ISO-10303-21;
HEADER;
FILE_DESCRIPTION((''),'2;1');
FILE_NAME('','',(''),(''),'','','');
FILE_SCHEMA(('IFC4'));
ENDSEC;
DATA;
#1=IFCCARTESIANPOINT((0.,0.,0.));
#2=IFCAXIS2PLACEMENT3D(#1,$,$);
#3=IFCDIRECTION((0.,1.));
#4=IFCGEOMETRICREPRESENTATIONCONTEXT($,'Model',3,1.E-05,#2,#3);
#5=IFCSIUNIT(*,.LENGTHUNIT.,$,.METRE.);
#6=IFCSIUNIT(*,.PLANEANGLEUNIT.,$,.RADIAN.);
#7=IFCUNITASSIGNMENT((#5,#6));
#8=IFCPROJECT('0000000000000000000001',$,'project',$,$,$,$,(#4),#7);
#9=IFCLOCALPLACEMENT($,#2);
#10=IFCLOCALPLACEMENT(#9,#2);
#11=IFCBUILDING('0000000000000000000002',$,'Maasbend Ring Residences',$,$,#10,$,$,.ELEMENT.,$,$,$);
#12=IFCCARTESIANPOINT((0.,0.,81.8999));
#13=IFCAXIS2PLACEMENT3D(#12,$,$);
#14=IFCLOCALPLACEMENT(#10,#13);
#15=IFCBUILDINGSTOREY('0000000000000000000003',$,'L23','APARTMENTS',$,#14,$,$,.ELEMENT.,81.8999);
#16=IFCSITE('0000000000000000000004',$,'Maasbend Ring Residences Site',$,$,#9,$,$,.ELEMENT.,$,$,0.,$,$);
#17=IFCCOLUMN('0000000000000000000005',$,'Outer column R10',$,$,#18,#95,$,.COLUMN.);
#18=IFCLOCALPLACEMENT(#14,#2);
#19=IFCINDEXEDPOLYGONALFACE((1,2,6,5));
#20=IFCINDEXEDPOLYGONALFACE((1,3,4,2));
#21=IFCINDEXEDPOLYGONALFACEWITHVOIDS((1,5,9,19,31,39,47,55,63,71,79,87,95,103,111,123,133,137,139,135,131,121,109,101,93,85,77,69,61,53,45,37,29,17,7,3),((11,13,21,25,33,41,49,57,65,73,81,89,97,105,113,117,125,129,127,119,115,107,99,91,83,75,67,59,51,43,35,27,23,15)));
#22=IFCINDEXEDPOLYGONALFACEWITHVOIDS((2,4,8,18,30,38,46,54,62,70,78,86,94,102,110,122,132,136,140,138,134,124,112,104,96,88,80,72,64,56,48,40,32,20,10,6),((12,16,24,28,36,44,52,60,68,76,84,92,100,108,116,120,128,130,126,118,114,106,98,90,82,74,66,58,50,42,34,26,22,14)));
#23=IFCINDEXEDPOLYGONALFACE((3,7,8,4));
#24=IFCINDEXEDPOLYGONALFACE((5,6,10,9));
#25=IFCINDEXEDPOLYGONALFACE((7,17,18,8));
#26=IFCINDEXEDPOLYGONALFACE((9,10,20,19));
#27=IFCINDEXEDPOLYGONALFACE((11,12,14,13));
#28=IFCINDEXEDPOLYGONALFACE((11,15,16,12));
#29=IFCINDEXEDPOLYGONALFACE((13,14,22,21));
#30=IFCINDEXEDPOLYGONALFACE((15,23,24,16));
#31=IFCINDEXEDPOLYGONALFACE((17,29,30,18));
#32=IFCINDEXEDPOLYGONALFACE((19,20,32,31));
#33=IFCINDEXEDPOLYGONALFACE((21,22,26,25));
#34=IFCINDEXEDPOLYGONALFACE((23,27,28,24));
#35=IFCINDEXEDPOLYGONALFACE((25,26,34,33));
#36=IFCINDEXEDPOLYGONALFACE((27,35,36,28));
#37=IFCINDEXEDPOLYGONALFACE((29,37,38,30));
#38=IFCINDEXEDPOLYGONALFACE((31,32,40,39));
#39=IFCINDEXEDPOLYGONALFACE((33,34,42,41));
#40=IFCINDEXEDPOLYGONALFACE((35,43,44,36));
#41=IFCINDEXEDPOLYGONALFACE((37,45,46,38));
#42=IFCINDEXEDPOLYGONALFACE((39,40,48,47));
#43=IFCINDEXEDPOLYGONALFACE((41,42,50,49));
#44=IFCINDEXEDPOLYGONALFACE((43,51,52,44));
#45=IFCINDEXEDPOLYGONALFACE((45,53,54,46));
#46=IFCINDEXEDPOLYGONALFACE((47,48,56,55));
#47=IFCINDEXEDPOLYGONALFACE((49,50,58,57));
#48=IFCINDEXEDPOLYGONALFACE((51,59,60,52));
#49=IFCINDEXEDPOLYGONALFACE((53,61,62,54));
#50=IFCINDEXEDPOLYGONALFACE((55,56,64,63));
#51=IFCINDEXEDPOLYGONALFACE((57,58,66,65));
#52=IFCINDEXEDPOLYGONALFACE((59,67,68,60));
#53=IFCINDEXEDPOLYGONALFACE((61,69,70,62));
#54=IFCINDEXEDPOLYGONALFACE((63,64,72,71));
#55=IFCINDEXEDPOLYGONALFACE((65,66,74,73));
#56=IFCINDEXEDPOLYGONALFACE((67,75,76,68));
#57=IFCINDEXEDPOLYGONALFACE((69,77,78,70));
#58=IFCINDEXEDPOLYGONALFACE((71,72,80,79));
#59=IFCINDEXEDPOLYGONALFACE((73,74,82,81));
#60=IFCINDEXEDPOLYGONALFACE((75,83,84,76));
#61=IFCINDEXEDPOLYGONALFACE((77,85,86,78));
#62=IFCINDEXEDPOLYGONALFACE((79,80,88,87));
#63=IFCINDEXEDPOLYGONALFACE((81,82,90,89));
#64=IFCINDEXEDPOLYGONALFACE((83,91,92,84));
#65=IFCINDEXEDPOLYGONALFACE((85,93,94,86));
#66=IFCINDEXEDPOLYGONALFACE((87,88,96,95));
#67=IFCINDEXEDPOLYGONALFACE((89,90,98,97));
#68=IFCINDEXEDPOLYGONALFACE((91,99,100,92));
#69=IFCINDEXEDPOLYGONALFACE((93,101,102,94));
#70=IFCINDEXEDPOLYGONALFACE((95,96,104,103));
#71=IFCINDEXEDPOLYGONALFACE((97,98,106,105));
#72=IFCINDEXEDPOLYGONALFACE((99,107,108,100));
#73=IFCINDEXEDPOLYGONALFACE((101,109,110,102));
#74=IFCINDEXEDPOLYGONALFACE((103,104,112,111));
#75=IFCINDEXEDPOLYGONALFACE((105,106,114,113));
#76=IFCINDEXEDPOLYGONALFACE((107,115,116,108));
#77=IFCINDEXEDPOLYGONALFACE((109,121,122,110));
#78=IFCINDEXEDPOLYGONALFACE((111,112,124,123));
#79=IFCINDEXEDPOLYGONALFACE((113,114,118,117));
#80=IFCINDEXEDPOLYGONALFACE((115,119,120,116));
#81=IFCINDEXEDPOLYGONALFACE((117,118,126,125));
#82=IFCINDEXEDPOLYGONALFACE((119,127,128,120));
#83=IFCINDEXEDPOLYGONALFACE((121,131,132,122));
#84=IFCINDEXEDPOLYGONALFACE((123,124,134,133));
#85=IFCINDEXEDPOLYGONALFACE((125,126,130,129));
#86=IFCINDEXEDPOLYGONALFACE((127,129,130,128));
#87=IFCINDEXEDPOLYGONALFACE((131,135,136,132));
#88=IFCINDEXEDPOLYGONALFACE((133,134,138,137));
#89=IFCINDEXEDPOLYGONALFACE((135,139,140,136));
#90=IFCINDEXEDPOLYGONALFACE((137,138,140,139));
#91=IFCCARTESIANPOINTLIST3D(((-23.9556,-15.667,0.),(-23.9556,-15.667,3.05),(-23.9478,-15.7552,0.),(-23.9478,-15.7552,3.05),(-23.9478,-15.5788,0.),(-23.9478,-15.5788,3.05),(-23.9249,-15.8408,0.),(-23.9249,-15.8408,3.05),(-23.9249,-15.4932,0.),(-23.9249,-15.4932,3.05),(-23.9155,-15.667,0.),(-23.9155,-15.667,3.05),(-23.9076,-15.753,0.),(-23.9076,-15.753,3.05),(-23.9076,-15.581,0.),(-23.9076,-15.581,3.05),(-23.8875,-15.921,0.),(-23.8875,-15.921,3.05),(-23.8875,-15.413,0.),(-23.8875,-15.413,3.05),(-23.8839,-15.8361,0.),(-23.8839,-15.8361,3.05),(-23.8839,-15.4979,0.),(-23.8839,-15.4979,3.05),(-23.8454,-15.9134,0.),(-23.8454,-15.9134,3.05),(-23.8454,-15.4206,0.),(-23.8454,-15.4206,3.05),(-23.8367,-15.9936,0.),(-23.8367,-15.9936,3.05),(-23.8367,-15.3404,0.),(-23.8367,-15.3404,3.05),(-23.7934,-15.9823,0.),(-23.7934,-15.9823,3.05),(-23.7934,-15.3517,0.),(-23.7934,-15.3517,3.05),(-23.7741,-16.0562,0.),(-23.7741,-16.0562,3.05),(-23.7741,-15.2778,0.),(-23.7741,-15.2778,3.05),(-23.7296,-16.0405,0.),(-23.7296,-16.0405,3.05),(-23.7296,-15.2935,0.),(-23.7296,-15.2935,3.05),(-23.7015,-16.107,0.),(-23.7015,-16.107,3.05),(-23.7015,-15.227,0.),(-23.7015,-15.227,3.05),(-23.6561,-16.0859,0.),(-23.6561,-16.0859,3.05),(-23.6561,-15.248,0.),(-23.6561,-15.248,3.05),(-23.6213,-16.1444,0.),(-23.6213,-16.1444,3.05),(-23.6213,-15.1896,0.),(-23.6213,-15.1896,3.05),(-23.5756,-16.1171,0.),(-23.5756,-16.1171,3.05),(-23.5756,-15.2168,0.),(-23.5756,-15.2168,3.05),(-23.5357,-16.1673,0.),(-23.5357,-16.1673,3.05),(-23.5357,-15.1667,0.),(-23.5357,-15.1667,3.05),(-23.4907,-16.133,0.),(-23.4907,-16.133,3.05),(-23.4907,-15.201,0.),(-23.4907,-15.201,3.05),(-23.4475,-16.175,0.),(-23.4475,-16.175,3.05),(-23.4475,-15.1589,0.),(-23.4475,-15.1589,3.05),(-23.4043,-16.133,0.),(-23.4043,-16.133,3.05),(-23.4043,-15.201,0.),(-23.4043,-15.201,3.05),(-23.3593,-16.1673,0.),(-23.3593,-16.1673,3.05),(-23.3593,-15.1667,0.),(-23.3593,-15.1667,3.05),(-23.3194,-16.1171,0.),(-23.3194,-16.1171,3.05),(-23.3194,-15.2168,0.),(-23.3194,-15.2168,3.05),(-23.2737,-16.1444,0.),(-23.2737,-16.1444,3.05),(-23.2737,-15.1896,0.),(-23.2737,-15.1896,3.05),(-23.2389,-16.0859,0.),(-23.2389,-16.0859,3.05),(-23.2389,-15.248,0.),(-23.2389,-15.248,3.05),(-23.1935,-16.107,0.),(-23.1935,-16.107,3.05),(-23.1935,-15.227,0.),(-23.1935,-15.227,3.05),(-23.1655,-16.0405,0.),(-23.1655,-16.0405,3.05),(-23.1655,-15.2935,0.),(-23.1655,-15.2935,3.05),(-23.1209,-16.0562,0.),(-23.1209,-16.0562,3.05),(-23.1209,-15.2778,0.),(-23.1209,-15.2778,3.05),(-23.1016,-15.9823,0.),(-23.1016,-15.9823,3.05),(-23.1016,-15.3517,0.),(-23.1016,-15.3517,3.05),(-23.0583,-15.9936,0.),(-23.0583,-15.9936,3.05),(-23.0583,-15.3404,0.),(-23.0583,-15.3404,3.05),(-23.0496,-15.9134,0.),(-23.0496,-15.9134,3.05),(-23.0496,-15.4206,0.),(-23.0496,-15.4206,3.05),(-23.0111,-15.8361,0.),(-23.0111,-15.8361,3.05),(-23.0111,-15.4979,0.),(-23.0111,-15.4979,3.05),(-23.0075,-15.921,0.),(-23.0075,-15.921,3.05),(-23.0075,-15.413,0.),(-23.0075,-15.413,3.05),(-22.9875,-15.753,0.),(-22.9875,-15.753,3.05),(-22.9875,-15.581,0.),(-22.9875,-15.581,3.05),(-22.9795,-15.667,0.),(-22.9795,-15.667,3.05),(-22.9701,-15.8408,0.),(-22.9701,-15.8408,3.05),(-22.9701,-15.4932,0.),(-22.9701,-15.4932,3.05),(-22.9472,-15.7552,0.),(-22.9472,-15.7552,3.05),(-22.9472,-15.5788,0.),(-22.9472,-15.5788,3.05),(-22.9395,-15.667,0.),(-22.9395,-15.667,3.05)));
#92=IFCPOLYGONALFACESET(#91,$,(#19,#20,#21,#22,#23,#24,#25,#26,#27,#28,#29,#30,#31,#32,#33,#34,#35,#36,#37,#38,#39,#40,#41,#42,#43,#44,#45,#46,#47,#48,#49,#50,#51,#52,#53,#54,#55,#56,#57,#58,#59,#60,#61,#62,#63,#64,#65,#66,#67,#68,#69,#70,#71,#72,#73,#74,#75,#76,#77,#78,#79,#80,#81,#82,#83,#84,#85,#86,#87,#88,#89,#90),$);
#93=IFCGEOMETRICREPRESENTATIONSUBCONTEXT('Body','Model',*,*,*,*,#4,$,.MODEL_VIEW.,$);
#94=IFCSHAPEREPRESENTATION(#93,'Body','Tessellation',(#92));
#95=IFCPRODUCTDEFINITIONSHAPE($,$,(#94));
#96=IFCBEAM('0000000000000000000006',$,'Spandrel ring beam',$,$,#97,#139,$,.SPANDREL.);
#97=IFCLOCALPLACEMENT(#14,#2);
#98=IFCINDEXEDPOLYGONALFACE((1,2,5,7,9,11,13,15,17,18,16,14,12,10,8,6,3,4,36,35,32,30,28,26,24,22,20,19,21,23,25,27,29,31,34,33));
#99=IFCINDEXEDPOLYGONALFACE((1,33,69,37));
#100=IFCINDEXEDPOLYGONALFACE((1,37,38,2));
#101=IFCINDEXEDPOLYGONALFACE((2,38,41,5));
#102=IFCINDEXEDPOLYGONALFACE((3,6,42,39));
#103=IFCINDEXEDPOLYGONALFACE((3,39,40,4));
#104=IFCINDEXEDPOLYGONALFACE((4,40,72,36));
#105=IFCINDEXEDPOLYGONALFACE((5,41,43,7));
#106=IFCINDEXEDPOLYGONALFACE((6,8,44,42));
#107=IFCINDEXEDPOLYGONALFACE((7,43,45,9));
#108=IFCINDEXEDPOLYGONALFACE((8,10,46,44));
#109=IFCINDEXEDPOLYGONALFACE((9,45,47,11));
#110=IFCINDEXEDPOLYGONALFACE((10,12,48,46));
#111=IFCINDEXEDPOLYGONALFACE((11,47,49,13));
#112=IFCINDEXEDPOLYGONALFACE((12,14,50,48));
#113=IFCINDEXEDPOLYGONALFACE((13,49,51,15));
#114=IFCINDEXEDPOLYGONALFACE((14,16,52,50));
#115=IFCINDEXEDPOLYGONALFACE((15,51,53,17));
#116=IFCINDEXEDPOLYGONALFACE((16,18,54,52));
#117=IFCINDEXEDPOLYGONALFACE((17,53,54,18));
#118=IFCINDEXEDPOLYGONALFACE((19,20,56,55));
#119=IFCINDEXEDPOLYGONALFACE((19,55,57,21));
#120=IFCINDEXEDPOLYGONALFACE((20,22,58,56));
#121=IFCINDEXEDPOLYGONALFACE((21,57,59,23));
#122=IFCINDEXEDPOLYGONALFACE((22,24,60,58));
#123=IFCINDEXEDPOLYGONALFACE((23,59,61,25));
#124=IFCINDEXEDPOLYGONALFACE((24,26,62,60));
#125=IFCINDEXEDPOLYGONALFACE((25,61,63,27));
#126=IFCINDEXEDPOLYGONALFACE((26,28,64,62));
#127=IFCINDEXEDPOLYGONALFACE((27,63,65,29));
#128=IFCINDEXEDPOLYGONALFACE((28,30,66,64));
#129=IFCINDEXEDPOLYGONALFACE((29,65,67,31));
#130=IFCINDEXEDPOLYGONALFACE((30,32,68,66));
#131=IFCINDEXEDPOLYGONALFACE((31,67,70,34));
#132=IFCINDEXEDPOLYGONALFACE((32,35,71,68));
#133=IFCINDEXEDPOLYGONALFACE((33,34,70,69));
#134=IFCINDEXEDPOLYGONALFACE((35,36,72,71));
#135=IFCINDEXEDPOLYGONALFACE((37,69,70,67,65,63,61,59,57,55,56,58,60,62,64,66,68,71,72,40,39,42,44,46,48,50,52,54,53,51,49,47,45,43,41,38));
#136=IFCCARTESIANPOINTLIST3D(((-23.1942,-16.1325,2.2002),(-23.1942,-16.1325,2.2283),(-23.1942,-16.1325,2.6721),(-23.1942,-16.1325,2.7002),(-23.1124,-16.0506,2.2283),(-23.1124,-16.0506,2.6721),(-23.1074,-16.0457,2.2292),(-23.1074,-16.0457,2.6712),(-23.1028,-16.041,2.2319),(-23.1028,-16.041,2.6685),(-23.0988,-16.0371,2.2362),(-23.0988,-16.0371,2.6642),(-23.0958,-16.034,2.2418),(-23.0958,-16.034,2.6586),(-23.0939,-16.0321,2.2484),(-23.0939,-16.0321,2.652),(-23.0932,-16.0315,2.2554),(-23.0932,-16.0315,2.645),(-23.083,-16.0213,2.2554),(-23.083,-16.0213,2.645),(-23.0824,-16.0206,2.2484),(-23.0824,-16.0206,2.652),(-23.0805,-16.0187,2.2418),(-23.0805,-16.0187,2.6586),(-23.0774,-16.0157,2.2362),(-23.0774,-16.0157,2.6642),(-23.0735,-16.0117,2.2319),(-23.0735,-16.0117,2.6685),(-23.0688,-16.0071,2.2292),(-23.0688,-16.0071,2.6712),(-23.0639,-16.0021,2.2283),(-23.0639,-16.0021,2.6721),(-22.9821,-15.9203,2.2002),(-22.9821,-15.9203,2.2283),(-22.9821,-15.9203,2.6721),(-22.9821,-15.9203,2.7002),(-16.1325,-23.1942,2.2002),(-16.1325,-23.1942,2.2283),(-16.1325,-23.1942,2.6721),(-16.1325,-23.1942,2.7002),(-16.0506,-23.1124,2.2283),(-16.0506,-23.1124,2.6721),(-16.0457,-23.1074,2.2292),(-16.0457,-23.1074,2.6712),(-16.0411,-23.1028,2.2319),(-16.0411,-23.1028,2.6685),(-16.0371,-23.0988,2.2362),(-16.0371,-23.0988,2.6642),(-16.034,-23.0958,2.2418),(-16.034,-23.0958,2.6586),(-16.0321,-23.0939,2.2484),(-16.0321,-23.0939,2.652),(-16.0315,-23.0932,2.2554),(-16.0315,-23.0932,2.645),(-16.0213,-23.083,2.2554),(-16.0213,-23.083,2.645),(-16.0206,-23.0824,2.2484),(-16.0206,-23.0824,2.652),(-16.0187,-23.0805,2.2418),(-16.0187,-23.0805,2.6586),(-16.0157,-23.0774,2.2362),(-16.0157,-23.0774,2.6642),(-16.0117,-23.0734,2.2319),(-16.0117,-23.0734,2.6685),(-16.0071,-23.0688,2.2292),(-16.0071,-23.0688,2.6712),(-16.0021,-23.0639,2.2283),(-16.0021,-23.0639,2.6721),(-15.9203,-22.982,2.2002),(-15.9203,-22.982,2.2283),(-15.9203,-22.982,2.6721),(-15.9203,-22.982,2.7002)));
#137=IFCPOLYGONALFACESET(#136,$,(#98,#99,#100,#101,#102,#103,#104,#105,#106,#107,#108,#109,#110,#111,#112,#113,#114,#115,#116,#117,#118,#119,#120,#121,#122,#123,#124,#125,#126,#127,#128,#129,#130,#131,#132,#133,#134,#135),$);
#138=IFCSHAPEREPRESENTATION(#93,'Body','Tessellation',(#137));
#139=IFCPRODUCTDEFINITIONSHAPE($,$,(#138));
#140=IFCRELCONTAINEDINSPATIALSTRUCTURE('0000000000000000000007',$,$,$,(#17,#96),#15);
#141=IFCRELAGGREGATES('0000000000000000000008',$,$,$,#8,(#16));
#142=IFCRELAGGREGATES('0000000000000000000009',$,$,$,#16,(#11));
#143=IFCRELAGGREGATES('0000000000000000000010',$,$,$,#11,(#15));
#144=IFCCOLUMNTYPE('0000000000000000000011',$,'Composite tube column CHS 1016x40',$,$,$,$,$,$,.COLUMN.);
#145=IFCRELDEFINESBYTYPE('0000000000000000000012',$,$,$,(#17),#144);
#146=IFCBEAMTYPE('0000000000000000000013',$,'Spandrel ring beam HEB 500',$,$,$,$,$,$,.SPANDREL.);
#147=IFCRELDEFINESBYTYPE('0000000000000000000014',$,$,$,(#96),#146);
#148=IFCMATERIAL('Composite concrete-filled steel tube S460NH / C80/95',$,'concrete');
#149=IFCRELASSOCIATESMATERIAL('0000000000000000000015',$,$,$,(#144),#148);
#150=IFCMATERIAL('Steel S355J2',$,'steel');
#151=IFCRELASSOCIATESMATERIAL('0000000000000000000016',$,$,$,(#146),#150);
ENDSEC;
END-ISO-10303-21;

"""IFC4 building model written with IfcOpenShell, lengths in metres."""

from ifc_helpers import new_model, si_unit, direction, frame, origin, origin_2d, place, context, subcontext, project, spatial, hollow_circle, i_section, extrude, material, material_profile, profile_set, type_object, element, save


model = new_model("IFC4")

# Units and contexts
model_context = context("Model", 3, precision=1e-05, world=origin(), true_north=direction((0.0, 1.0)))
body_context = subcontext(model_context, "Body", "Model", "MODEL_VIEW")
ifc_project = project(units=[si_unit("LENGTHUNIT", "METRE"), si_unit("PLANEANGLEUNIT", "RADIAN")], contexts=[model_context])

# Site, building, storey
site_placement = place(None, origin())
site = spatial("IfcSite", under=ifc_project, at=site_placement, Name="Maasbend Ring Residences Site", CompositionType="ELEMENT", RefElevation=0.0)
building_placement = place(site_placement, origin())
building = spatial("IfcBuilding", under=site, at=building_placement, Name="Maasbend Ring Residences", CompositionType="ELEMENT")
storey_placement = place(building_placement, frame((0.0, 0.0, 81.8999)))
storey = spatial("IfcBuildingStorey", under=building, at=storey_placement, Name="L23", Description="APARTMENTS", CompositionType="ELEMENT", Elevation=81.8999)

# Column
ifc_material_1 = material(Name="Composite concrete-filled steel tube S460NH / C80/95", Category="concrete")
ifc_material_profile_1 = material_profile(ifc_material_1, hollow_circle(Radius=0.5081, WallThickness=0.04, at=origin_2d()), Name="Composite tube column CHS 1016x40")
ifc_profile_set_1 = profile_set([ifc_material_profile_1], Name="Composite concrete-filled steel tube S460NH / C80/95")
column_type = type_object("IfcColumnType", Name="Composite tube column CHS 1016x40", PredefinedType="COLUMN", material=ifc_profile_set_1)
column_placement = place(storey_placement, frame((-23.4475, -15.667, 0.0), z_axis=(0.0, 0.0, 1.0), x_axis=(1.0, 0.0, 0.0)))
element("IfcColumn", 1, at=column_placement, inside=storey, type_object=column_type, Name="Outer column R10", PredefinedType="COLUMN", context=body_context, shape_type="SweptSolid", body=[
    extrude(hollow_circle(Radius=0.5081, WallThickness=0.04, at=origin_2d()), origin(), (0.0, 0.0, 1.0), 3.05),
])

# Beam
ifc_material_2 = material(Name="Steel S355J2", Category="steel")
ifc_material_profile_2 = material_profile(ifc_material_2, i_section(OverallWidth=0.3, OverallDepth=0.5, WebThickness=0.0144, FlangeThickness=0.0281, FilletRadius=0.0271, at=origin_2d()), Name="HEB 500")
ifc_profile_set_2 = profile_set([ifc_material_profile_2], Name="Steel S355J2")
beam_type = type_object("IfcBeamType", Name="Spandrel ring beam HEB 500", PredefinedType="SPANDREL", material=ifc_profile_set_2)
beam_placement = place(storey_placement, frame((-23.0881, -16.0264, 2.4502), z_axis=(0.707107, -0.707107, 0.0), x_axis=(0.707107, 0.707107, 0.0)))
element("IfcBeam", 2, at=beam_placement, inside=storey, type_object=beam_type, Name="Spandrel ring beam", PredefinedType="SPANDREL", context=body_context, shape_type="SweptSolid", body=[
    extrude(i_section(OverallWidth=0.3, OverallDepth=0.5, WebThickness=0.0144, FlangeThickness=0.0281, FilletRadius=0.0271, at=origin_2d()), origin(), (0.0, 0.0, 1.0), 9.9868),
])

save(model, "model.ifc")
